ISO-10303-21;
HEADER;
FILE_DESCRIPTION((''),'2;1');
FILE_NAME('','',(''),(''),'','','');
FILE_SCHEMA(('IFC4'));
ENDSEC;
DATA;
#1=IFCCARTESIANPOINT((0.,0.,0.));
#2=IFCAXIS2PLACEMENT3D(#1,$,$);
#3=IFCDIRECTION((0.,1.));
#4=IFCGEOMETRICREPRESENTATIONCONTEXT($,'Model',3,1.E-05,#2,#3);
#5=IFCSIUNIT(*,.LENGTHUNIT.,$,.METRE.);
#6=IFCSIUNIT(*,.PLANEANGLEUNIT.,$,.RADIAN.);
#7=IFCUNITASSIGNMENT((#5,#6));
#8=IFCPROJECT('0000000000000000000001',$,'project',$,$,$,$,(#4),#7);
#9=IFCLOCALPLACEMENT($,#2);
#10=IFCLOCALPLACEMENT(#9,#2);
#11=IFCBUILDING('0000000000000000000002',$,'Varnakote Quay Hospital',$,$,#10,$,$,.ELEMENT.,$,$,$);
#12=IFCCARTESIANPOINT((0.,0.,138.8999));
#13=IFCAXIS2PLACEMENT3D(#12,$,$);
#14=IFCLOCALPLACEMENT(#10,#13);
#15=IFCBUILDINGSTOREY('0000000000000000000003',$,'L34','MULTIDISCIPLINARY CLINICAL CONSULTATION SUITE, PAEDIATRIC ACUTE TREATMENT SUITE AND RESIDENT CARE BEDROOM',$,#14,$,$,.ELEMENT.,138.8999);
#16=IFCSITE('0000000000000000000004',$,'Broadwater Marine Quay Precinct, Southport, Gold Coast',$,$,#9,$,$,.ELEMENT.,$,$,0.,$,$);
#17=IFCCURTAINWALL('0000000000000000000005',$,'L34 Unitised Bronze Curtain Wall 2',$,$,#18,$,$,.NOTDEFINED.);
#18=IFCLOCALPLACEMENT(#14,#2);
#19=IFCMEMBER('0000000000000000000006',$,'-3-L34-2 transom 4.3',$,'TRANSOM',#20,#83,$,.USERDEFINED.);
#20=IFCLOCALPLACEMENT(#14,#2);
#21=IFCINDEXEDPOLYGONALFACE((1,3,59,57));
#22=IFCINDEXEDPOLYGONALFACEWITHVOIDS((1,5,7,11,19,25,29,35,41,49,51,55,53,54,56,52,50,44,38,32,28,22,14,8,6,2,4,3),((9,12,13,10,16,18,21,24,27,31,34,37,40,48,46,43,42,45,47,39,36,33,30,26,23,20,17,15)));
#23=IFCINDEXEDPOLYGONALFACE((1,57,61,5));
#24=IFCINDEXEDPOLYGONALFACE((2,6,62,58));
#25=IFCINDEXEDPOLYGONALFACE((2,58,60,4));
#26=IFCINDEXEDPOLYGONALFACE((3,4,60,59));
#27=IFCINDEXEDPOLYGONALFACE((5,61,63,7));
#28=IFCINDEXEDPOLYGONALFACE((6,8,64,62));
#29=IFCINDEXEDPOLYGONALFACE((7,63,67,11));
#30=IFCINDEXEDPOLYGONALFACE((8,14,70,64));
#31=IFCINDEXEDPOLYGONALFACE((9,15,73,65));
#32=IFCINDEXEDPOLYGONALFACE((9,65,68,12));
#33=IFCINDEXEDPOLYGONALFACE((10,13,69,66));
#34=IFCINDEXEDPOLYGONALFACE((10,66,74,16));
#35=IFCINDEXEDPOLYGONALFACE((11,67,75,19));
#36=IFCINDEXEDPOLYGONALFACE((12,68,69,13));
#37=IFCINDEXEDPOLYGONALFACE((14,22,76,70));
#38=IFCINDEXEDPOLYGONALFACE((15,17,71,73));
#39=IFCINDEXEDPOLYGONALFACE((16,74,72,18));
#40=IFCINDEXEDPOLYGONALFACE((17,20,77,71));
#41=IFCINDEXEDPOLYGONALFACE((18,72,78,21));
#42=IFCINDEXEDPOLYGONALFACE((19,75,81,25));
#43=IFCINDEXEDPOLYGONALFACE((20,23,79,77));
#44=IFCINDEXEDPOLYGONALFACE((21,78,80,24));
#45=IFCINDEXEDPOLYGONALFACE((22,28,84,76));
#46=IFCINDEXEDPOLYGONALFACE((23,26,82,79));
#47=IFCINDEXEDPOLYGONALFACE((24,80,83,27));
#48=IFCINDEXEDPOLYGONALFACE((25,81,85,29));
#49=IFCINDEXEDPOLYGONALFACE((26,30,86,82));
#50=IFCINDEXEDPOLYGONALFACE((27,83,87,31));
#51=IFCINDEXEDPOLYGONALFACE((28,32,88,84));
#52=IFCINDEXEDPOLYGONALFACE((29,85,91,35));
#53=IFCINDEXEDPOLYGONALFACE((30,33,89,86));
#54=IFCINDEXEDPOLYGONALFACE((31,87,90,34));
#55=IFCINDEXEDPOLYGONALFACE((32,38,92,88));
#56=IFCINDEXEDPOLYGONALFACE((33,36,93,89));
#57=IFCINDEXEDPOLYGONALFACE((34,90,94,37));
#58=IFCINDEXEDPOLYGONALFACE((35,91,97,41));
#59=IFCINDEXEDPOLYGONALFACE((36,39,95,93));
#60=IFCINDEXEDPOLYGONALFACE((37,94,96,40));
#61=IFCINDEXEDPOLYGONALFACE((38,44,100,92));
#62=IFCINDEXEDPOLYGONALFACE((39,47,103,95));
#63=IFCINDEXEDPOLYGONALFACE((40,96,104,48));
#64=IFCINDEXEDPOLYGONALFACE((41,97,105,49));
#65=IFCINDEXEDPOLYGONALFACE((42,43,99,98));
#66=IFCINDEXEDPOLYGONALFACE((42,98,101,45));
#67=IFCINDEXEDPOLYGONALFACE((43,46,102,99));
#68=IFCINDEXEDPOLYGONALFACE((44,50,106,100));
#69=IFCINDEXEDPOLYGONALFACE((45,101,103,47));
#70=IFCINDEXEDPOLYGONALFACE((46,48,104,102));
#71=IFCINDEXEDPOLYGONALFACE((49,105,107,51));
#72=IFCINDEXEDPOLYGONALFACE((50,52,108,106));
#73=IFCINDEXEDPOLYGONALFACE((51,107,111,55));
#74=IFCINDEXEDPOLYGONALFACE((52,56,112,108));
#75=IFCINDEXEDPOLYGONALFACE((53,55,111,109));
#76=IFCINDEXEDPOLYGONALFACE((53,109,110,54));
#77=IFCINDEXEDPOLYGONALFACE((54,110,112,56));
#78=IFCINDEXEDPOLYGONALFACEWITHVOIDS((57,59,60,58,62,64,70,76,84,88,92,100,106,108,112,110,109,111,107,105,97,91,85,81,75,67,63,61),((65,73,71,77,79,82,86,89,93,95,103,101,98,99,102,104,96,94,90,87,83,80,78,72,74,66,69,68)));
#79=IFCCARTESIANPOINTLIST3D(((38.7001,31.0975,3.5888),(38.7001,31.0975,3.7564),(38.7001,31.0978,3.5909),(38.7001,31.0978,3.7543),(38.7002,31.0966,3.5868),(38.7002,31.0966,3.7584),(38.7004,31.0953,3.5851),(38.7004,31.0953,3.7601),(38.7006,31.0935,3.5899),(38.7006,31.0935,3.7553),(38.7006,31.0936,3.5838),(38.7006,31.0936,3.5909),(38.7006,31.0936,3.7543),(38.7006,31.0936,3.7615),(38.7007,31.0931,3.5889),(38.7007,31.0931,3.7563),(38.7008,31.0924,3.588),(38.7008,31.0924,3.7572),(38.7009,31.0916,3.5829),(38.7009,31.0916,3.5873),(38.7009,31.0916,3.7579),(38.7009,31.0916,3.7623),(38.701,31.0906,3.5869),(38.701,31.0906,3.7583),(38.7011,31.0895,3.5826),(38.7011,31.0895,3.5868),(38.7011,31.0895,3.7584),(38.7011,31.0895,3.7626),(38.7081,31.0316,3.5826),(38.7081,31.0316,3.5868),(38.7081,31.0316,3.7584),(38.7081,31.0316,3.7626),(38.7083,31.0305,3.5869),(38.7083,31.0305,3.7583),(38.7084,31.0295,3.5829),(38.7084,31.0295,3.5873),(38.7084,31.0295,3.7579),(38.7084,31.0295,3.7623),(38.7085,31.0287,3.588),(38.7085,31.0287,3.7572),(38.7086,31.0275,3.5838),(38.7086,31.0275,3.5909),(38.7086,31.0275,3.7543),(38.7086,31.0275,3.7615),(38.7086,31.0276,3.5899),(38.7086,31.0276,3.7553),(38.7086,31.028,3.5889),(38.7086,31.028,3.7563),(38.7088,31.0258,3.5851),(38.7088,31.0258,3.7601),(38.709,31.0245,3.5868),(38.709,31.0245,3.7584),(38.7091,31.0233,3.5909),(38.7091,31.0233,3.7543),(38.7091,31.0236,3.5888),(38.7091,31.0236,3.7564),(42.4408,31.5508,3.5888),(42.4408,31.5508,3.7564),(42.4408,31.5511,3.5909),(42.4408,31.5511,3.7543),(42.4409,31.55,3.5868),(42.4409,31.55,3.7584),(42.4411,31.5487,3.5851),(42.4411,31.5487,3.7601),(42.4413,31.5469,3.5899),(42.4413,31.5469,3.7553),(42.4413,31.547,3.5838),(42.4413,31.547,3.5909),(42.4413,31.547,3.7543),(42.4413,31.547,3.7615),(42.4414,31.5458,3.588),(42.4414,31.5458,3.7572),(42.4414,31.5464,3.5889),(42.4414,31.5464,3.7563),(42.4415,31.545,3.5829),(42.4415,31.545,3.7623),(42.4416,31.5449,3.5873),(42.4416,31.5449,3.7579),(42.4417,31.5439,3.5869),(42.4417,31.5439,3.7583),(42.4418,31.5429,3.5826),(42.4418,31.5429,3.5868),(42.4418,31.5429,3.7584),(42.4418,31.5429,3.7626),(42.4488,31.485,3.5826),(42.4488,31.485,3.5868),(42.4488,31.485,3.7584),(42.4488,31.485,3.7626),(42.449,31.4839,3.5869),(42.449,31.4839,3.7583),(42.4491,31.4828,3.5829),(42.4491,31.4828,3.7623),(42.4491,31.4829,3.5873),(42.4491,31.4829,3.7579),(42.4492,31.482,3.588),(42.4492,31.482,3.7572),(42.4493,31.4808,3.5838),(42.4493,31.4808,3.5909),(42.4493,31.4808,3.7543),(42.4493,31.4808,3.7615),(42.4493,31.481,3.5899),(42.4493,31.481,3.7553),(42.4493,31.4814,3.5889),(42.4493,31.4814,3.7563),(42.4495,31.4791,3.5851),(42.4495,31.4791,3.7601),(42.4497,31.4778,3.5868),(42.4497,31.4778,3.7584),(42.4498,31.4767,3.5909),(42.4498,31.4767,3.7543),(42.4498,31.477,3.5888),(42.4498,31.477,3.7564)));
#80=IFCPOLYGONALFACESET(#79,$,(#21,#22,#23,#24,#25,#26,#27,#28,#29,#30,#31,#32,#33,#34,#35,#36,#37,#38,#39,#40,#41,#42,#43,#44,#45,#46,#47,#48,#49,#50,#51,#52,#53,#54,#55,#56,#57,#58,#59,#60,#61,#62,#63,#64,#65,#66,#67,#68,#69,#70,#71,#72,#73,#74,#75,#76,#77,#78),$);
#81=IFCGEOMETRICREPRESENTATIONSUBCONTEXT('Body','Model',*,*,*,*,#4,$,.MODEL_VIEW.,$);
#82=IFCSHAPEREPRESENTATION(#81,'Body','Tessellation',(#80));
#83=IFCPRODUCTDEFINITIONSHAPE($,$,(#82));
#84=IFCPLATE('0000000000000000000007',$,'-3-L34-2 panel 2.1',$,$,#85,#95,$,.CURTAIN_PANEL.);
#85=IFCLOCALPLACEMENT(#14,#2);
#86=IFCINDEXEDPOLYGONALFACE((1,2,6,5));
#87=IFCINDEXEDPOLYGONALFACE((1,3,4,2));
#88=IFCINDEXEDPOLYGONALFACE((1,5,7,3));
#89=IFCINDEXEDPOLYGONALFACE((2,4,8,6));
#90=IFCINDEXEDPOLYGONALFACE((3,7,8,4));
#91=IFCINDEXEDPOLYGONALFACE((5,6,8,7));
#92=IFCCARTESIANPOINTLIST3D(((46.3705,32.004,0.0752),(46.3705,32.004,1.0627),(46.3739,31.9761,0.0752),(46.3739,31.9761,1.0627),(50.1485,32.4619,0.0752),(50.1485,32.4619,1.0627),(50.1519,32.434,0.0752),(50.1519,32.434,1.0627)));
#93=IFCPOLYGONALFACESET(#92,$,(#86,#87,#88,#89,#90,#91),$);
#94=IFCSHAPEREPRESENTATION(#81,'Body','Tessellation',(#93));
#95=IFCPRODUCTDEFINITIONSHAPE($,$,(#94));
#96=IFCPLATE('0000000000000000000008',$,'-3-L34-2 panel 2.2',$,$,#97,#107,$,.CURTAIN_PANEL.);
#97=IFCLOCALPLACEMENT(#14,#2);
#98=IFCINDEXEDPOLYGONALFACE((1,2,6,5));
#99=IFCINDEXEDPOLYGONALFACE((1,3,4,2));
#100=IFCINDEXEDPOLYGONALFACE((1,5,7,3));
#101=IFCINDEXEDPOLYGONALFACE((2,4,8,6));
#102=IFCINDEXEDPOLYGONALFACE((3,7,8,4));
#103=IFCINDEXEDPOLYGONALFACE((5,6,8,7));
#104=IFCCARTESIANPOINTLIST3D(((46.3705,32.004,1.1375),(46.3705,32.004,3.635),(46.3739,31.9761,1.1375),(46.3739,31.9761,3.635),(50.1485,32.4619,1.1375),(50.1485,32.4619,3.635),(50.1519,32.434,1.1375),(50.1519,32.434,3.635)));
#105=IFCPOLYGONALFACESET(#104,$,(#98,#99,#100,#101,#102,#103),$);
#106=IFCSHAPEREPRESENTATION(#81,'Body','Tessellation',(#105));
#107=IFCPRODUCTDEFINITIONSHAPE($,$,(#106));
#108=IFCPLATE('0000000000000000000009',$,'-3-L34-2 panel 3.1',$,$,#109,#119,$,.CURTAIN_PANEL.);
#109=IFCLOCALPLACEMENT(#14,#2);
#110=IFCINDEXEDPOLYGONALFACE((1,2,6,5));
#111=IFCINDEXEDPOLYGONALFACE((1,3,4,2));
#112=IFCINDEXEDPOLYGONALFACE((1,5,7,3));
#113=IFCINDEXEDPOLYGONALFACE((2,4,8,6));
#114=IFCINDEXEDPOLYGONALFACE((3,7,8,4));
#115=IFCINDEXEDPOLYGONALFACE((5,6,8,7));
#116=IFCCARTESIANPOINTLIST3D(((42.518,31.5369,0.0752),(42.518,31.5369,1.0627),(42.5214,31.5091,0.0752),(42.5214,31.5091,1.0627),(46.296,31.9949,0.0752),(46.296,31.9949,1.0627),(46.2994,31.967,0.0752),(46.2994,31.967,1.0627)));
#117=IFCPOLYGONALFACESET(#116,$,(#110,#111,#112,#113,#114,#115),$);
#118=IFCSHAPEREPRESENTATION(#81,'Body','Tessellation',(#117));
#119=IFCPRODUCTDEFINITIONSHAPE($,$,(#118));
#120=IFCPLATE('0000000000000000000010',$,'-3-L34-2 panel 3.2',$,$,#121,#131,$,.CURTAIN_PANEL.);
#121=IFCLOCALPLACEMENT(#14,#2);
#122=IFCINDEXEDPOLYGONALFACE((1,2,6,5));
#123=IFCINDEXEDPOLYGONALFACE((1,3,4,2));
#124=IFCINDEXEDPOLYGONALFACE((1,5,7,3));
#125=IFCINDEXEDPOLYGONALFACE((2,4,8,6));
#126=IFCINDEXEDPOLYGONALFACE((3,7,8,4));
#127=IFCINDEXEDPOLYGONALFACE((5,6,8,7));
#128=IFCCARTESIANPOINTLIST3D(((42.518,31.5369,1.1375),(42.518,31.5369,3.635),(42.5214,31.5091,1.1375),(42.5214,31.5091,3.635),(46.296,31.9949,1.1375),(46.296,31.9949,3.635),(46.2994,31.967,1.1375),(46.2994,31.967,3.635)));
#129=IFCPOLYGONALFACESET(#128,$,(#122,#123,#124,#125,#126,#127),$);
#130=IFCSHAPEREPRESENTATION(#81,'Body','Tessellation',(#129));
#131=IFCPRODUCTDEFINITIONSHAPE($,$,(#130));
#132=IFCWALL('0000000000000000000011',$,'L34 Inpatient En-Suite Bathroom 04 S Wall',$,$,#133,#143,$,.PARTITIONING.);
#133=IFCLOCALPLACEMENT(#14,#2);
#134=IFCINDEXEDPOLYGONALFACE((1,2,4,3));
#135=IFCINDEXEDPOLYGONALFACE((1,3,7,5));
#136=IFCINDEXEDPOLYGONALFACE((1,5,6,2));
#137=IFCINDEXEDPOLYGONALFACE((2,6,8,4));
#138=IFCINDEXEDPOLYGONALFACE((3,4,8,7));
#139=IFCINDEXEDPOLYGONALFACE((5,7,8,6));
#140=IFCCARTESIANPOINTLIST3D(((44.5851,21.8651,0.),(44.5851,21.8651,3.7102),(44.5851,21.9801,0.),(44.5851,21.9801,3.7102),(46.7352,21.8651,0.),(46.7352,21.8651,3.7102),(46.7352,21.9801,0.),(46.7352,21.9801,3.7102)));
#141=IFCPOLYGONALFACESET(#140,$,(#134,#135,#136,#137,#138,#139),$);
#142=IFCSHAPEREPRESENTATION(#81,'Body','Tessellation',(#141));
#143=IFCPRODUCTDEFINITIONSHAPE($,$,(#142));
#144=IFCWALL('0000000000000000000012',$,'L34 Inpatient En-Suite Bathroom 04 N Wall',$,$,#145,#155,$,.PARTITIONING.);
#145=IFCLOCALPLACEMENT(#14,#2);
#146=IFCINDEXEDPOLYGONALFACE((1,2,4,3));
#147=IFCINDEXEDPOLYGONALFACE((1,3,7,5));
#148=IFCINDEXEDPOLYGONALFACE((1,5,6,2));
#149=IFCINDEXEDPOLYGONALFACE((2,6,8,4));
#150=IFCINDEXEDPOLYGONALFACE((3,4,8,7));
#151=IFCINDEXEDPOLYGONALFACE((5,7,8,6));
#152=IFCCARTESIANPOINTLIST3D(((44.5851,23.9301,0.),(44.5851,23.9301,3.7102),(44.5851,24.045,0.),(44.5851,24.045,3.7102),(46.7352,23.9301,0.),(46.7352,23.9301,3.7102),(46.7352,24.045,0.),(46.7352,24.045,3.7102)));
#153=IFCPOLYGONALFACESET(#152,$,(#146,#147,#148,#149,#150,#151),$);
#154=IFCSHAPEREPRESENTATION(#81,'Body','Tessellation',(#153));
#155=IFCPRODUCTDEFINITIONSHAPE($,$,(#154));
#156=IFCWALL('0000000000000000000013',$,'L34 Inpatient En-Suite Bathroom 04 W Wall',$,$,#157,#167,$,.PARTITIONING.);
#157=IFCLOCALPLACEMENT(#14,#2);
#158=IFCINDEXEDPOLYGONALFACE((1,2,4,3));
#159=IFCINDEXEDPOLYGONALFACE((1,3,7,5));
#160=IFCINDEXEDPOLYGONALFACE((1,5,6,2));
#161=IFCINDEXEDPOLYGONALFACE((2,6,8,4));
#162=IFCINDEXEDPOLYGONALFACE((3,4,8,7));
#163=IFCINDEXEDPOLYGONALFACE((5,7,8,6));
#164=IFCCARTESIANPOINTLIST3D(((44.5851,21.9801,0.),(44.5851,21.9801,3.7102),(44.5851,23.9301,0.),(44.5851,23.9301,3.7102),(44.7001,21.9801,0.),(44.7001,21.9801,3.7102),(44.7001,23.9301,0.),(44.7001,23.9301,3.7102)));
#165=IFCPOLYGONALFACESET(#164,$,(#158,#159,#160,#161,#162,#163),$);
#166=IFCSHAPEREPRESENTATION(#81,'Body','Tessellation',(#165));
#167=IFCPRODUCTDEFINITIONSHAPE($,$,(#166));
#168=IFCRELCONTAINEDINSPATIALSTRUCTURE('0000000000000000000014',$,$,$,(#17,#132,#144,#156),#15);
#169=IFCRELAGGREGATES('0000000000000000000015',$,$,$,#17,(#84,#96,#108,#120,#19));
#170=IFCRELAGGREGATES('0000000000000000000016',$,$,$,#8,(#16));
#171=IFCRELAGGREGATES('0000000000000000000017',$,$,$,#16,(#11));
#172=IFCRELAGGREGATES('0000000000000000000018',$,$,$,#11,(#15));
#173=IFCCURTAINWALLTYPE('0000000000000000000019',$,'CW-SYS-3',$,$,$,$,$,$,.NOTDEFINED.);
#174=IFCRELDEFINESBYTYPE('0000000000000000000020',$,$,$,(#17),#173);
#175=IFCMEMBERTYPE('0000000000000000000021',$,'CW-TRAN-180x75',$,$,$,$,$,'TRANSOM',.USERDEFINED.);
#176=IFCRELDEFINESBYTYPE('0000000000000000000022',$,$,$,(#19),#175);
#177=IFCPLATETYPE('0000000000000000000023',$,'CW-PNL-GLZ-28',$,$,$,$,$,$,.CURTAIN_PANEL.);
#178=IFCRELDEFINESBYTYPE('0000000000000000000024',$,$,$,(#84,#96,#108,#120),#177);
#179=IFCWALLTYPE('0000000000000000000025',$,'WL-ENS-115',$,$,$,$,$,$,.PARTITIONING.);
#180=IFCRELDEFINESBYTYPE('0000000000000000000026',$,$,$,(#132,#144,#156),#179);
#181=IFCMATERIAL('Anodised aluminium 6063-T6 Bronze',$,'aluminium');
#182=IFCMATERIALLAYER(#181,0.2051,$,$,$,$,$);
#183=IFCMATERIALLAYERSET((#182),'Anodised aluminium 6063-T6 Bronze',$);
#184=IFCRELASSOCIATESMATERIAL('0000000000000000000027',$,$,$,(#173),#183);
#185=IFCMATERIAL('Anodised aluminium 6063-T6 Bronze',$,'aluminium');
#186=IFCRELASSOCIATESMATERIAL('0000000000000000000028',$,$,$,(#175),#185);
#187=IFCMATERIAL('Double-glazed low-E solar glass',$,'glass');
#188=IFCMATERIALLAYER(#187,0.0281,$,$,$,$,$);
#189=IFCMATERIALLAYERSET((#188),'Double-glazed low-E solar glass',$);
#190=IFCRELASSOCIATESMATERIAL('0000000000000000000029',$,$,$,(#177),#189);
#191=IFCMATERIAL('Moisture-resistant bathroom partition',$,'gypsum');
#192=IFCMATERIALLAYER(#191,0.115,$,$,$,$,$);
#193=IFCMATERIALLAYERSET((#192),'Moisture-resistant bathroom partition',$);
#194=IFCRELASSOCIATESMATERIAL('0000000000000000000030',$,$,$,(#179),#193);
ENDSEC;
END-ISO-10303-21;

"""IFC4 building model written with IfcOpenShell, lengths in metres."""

from ifc_helpers import new_model, si_unit, direction, frame, frame_2d, origin, origin_2d, place, context, subcontext, project, spatial, rectangle, hollow_rectangle, extrude, material, layer, layer_set, material_profile, profile_set, type_object, element, aggregate, save


model = new_model("IFC4")

# Units and contexts
model_context = context("Model", 3, precision=1e-05, world=origin(), true_north=direction((0.0, 1.0)))
body_context = subcontext(model_context, "Body", "Model", "MODEL_VIEW")
ifc_project = project(units=[si_unit("LENGTHUNIT", "METRE"), si_unit("PLANEANGLEUNIT", "RADIAN")], contexts=[model_context])

# Site, building, storey
site_placement = place(None, origin())
site = spatial("IfcSite", under=ifc_project, at=site_placement, Name="Broadwater Marine Quay Precinct, Southport, Gold Coast", CompositionType="ELEMENT", RefElevation=0.0)
building_placement = place(site_placement, origin())
building = spatial("IfcBuilding", under=site, at=building_placement, Name="Varnakote Quay Hospital", CompositionType="ELEMENT")
storey_placement = place(building_placement, frame((0.0, 0.0, 138.8999)))
storey = spatial("IfcBuildingStorey", under=building, at=storey_placement, Name="L34", Description="MULTIDISCIPLINARY CLINICAL CONSULTATION SUITE, PAEDIATRIC ACUTE TREATMENT SUITE AND RESIDENT CARE BEDROOM", CompositionType="ELEMENT", Elevation=138.8999)

# Curtain wall, member, plates
ifc_material_1 = material(Name="Anodised aluminium 6063-T6 Bronze", Category="aluminium")
ifc_layer_1 = layer(ifc_material_1, 0.2051)
ifc_layer_set_1 = layer_set([ifc_layer_1], Name="Anodised aluminium 6063-T6 Bronze")
curtain_wall_type = type_object("IfcCurtainWallType", Name="CW-SYS-3", PredefinedType="NOTDEFINED", material=ifc_layer_set_1)
curtain_wall_placement = place(storey_placement, origin())
curtain_wall = element("IfcCurtainWall", 1, at=curtain_wall_placement, inside=storey, type_object=curtain_wall_type, Name="L34 Unitised Bronze Curtain Wall 2", PredefinedType="NOTDEFINED")
ifc_material_2 = material(Name="Anodised aluminium 6063-T6 Bronze", Category="aluminium")
ifc_material_profile_1 = material_profile(ifc_material_2, hollow_rectangle(XDim=0.075, YDim=0.1799, WallThickness=0.0042, InnerFilletRadius=0.0042, OuterFilletRadius=0.0083, at=origin_2d()), Name="CW-TRAN-180x75")
ifc_profile_set_1 = profile_set([ifc_material_profile_1], Name="Anodised aluminium 6063-T6 Bronze")
member_type_1 = type_object("IfcMemberType", Name="CW-TRAN-180x75", ElementType="TRANSOM", PredefinedType="USERDEFINED", material=ifc_profile_set_1)
member_1_placement = place(storey_placement, frame((42.4453, 31.5139, 3.6726), z_axis=(-0.992735, -0.120318, 0.0), x_axis=(0.120318, -0.992735, 0.0)))
member_1 = element("IfcMember", 2, at=member_1_placement, type_object=member_type_1, Name="-3-L34-2 transom 4.3", ObjectType="TRANSOM", PredefinedType="USERDEFINED", context=body_context, shape_type="SweptSolid", body=[
    extrude(hollow_rectangle(XDim=0.075, YDim=0.1799, WallThickness=0.0042, InnerFilletRadius=0.0042, OuterFilletRadius=0.0083, at=origin_2d()), origin(), (0.0, 0.0, 1.0), 3.7681),
])
ifc_material_3 = material(Name="Double-glazed low-E solar glass", Category="glass")
ifc_layer_2 = layer(ifc_material_3, 0.0281)
ifc_layer_set_2 = layer_set([ifc_layer_2], Name="Double-glazed low-E solar glass")
plate_type = type_object("IfcPlateType", Name="CW-PNL-GLZ-28", PredefinedType="CURTAIN_PANEL", material=ifc_layer_set_2)
plate_1_placement = place(storey_placement, frame((48.2612, 32.219, 0.0752), z_axis=(0.0, 0.0, 1.0), x_axis=(-0.992734, -0.120327, 0.0)))
plate_1 = element("IfcPlate", 3, at=plate_1_placement, type_object=plate_type, Name="-3-L34-2 panel 2.1", PredefinedType="CURTAIN_PANEL", context=body_context, shape_type="SweptSolid", body=[
    extrude(rectangle(XDim=3.8057, YDim=0.0281, at=origin_2d()), origin(), (0.0, 0.0, 1.0), 0.9875),
])
plate_2_placement = place(storey_placement, frame((48.2612, 32.219, 1.1375), z_axis=(0.0, 0.0, 1.0), x_axis=(-0.992734, -0.120327, 0.0)))
plate_2 = element("IfcPlate", 4, at=plate_2_placement, type_object=plate_type, Name="-3-L34-2 panel 2.2", PredefinedType="CURTAIN_PANEL", context=body_context, shape_type="SweptSolid", body=[
    extrude(rectangle(XDim=3.8057, YDim=0.0281, at=origin_2d()), origin(), (0.0, 0.0, 1.0), 2.4976),
])
plate_3_placement = place(storey_placement, frame((44.4087, 31.752, 0.0752), z_axis=(0.0, 0.0, 1.0), x_axis=(-0.992734, -0.120327, 0.0)))
plate_3 = element("IfcPlate", 5, at=plate_3_placement, type_object=plate_type, Name="-3-L34-2 panel 3.1", PredefinedType="CURTAIN_PANEL", context=body_context, shape_type="SweptSolid", body=[
    extrude(rectangle(XDim=3.8057, YDim=0.0281, at=origin_2d()), origin(), (0.0, 0.0, 1.0), 0.9875),
])
plate_4_placement = place(storey_placement, frame((44.4087, 31.752, 1.1375), z_axis=(0.0, 0.0, 1.0), x_axis=(-0.992734, -0.120327, 0.0)))
plate_4 = element("IfcPlate", 6, at=plate_4_placement, type_object=plate_type, Name="-3-L34-2 panel 3.2", PredefinedType="CURTAIN_PANEL", context=body_context, shape_type="SweptSolid", body=[
    extrude(rectangle(XDim=3.8057, YDim=0.0281, at=origin_2d()), origin(), (0.0, 0.0, 1.0), 2.4976),
])
aggregate(curtain_wall, [plate_1, plate_2, plate_3, plate_4, member_1])

# Walls
ifc_material_4 = material(Name="Moisture-resistant bathroom partition", Category="gypsum")
ifc_layer_3 = layer(ifc_material_4, 0.115)
ifc_layer_set_3 = layer_set([ifc_layer_3], Name="Moisture-resistant bathroom partition")
wall_type_1 = type_object("IfcWallType", Name="WL-ENS-115", PredefinedType="PARTITIONING", material=ifc_layer_set_3)
for number, where, z_axis, x_axis, name in (
    (7, (44.585, 21.9226, 0.0), (0.0, 0.0, 1.0), (1.0, 0.0, 0.0), "L34 Inpatient En-Suite Bathroom 04 S Wall"),
    (8, (44.585, 23.9875, 0.0), (0.0, 0.0, 1.0), (1.0, 0.0, 0.0), "L34 Inpatient En-Suite Bathroom 04 N Wall"),
):
    element("IfcWall", number, at=place(storey_placement, frame(where, z_axis=z_axis, x_axis=x_axis)), inside=storey, type_object=wall_type_1, Name=name, PredefinedType="PARTITIONING", context=body_context, shape_type="SweptSolid", body=[
        extrude(rectangle(XDim=2.1501, YDim=0.115, at=frame_2d((1.0752, 0.0))), origin(), (0.0, 0.0, 1.0), 3.7102),
    ])
wall_1_placement = place(storey_placement, frame((44.6426, 21.98, 0.0), z_axis=(0.0, 0.0, 1.0), x_axis=(0.0, 1.0, 0.0)))
element("IfcWall", 9, at=wall_1_placement, inside=storey, type_object=wall_type_1, Name="L34 Inpatient En-Suite Bathroom 04 W Wall", PredefinedType="PARTITIONING", context=body_context, shape_type="SweptSolid", body=[
    extrude(rectangle(XDim=1.95, YDim=0.115, at=frame_2d((0.9751, 0.0))), origin(), (0.0, 0.0, 1.0), 3.7102),
])

save(model, "model.ifc")
